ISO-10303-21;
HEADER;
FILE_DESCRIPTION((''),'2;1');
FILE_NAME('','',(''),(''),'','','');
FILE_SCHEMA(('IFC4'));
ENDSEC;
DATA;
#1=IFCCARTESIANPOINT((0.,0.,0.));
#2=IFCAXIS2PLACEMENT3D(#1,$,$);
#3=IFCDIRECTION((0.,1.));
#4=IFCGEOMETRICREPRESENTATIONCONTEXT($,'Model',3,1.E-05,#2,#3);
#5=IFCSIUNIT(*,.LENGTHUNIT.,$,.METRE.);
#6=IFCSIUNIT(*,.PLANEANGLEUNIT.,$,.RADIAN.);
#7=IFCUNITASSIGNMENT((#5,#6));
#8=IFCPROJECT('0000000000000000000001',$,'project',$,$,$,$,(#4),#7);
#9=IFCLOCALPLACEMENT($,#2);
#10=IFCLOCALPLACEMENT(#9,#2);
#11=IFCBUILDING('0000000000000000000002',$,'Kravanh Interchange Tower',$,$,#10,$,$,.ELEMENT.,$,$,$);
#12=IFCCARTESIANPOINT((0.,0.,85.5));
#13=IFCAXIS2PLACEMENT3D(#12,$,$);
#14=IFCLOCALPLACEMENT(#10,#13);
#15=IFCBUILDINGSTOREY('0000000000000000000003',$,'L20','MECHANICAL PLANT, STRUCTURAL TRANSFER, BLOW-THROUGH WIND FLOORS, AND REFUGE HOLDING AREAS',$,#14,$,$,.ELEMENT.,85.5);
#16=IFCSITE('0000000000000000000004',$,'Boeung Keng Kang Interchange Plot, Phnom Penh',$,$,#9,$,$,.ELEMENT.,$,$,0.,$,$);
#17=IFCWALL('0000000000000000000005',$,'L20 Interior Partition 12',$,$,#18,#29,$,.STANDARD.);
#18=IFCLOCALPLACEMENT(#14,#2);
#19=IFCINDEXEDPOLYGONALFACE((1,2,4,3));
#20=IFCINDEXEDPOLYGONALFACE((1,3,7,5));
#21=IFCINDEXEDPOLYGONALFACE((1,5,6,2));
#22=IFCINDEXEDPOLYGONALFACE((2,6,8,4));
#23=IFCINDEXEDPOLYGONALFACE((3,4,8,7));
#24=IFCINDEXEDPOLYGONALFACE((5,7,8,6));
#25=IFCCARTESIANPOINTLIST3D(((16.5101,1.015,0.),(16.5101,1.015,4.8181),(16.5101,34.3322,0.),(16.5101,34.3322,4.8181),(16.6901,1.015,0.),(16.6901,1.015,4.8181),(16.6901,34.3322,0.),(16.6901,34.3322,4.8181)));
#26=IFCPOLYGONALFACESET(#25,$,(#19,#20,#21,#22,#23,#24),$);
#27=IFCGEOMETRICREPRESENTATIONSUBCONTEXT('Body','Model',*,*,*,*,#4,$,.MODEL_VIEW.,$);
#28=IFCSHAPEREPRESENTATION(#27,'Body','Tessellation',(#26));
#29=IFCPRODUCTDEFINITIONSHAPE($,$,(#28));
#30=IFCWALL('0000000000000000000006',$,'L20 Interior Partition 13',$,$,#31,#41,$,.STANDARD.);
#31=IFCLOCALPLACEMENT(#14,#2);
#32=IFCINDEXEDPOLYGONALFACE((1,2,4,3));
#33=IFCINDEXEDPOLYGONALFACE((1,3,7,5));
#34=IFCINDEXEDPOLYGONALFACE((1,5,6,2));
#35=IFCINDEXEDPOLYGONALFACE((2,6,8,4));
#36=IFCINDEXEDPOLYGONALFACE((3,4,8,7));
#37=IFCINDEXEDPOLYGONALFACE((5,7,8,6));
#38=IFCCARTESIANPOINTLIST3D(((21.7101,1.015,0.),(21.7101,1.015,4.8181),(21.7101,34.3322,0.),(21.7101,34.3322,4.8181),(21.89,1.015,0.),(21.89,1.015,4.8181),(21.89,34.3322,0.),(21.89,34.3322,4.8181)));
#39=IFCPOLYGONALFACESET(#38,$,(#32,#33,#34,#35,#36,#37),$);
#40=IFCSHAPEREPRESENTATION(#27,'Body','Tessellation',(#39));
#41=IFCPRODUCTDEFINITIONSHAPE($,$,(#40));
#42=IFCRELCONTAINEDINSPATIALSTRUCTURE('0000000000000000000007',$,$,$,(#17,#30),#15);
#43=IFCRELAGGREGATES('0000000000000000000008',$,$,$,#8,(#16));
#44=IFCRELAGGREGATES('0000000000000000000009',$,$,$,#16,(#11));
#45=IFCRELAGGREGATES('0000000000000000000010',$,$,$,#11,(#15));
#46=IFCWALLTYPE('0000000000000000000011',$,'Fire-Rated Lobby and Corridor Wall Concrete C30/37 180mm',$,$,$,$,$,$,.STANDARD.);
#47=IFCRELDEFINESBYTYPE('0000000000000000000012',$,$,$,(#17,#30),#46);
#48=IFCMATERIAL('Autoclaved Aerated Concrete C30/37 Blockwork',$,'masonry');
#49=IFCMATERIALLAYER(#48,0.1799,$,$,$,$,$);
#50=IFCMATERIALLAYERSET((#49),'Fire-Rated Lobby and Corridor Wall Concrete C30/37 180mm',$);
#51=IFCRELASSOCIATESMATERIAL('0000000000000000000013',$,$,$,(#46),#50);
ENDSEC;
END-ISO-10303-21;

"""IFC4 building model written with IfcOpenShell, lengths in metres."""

from ifc_helpers import new_model, si_unit, direction, frame, frame_2d, origin, place, context, subcontext, project, spatial, rectangle, extrude, material, layer, layer_set, type_object, element, save


model = new_model("IFC4")

# Units and contexts
model_context = context("Model", 3, precision=1e-05, world=origin(), true_north=direction((0.0, 1.0)))
body_context = subcontext(model_context, "Body", "Model", "MODEL_VIEW")
ifc_project = project(units=[si_unit("LENGTHUNIT", "METRE"), si_unit("PLANEANGLEUNIT", "RADIAN")], contexts=[model_context])

# Site, building, storey
site_placement = place(None, origin())
site = spatial("IfcSite", under=ifc_project, at=site_placement, Name="Boeung Keng Kang Interchange Plot, Phnom Penh", CompositionType="ELEMENT", RefElevation=0.0)
building_placement = place(site_placement, origin())
building = spatial("IfcBuilding", under=site, at=building_placement, Name="Kravanh Interchange Tower", CompositionType="ELEMENT")
storey_placement = place(building_placement, frame((0.0, 0.0, 85.5)))
storey = spatial("IfcBuildingStorey", under=building, at=storey_placement, Name="L20", Description="MECHANICAL PLANT, STRUCTURAL TRANSFER, BLOW-THROUGH WIND FLOORS, AND REFUGE HOLDING AREAS", CompositionType="ELEMENT", Elevation=85.5)

# Walls
ifc_material_1 = material(Name="Autoclaved Aerated Concrete C30/37 Blockwork", Category="masonry")
ifc_layer_1 = layer(ifc_material_1, 0.1799)
ifc_layer_set_1 = layer_set([ifc_layer_1], Name="Fire-Rated Lobby and Corridor Wall Concrete C30/37 180mm")
wall_type = type_object("IfcWallType", Name="Fire-Rated Lobby and Corridor Wall Concrete C30/37 180mm", PredefinedType="STANDARD", material=ifc_layer_set_1)
for number, where, z_axis, x_axis, name in (
    (1, (16.6001, 1.0149, 0.0), (0.0, 0.0, 1.0), (0.0, 1.0, 0.0), "L20 Interior Partition 12"),
    (2, (21.8, 1.0149, 0.0), (0.0, 0.0, 1.0), (0.0, 1.0, 0.0), "L20 Interior Partition 13"),
):
    element("IfcWall", number, at=place(storey_placement, frame(where, z_axis=z_axis, x_axis=x_axis)), inside=storey, type_object=wall_type, Name=name, PredefinedType="STANDARD", context=body_context, shape_type="SweptSolid", body=[
        extrude(rectangle(XDim=33.3171, YDim=0.1799, at=frame_2d((16.6587, 0.0))), origin(), (0.0, 0.0, 1.0), 4.8181),
    ])

save(model, "model.ifc")
